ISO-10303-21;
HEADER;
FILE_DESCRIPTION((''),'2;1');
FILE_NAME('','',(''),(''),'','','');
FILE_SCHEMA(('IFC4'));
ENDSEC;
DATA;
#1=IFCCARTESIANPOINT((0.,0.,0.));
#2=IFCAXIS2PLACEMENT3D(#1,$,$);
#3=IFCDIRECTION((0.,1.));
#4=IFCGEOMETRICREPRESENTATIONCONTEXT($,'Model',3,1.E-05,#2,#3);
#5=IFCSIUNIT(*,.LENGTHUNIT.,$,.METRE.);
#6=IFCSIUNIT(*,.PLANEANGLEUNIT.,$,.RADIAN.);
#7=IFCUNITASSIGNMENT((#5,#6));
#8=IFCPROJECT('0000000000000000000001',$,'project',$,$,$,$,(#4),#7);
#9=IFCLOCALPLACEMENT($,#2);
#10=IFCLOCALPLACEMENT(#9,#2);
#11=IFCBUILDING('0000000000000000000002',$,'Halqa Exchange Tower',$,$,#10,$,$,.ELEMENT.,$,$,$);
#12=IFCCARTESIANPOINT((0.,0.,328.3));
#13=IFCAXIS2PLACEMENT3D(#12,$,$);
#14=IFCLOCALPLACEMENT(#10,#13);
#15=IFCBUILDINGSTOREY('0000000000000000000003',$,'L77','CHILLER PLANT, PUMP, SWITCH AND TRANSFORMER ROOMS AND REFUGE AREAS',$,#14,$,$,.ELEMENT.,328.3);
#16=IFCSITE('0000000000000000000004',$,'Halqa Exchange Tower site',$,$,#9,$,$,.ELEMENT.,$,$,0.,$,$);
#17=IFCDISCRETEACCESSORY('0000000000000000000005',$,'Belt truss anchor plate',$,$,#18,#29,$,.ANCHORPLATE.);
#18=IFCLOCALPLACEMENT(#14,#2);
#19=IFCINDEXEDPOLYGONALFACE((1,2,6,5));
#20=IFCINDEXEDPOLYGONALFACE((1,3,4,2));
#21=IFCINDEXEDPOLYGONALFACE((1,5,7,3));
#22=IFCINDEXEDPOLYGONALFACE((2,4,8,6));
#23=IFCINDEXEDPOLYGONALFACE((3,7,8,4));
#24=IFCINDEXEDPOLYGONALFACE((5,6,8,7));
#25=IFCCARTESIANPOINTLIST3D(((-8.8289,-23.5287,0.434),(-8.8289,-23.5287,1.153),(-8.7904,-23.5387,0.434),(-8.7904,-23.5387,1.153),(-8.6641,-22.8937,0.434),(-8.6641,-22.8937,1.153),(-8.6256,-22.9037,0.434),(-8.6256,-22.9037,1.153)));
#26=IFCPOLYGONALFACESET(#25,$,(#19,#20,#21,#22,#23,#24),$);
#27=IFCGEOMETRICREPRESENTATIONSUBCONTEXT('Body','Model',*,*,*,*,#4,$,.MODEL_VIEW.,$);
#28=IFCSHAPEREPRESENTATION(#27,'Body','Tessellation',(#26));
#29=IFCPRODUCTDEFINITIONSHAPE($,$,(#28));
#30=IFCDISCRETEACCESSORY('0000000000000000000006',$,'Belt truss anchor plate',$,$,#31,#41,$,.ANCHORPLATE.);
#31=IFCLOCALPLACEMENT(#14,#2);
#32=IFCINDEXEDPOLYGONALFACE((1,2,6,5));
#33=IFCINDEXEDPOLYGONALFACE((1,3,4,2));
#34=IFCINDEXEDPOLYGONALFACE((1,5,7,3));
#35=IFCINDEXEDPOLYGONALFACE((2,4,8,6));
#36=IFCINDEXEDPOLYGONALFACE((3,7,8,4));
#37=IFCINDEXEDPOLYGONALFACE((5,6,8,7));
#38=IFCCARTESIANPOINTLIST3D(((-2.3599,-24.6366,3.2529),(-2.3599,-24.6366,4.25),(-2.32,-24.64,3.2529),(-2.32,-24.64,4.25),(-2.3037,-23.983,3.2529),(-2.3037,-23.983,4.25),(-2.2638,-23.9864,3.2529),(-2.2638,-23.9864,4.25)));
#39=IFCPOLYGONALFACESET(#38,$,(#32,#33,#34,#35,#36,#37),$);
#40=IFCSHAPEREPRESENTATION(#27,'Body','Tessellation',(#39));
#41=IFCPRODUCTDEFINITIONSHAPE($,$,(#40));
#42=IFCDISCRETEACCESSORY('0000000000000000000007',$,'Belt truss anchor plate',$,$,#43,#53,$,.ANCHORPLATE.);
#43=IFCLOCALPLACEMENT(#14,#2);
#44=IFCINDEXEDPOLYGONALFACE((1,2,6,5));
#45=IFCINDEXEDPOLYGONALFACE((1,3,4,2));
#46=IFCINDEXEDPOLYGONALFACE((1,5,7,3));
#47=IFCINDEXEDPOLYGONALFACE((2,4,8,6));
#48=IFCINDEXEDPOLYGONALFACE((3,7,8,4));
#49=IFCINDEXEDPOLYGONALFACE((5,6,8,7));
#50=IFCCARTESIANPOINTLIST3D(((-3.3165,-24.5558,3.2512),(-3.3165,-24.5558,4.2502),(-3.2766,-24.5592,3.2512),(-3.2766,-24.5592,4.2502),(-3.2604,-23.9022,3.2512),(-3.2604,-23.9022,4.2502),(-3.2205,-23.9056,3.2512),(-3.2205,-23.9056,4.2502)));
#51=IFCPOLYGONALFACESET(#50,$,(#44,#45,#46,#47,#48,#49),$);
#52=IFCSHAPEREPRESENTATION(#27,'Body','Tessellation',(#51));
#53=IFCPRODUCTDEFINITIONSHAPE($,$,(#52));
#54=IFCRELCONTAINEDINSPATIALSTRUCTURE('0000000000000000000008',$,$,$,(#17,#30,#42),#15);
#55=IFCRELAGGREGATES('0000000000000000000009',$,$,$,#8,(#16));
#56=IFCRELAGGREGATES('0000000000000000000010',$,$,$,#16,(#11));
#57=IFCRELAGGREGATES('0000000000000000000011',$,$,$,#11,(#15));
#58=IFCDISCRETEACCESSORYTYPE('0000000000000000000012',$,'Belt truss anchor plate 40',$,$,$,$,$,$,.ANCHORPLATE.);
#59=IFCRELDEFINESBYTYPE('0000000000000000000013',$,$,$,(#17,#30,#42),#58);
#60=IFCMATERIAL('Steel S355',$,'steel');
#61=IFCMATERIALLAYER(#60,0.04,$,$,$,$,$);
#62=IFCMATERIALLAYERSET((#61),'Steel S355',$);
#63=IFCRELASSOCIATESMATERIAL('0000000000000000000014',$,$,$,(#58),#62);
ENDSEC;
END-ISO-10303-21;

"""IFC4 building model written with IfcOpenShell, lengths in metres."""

from ifc_helpers import new_model, si_unit, direction, frame, origin, origin_2d, place, context, subcontext, project, spatial, rectangle, extrude, material, layer, layer_set, type_object, element, save


model = new_model("IFC4")

# Units and contexts
model_context = context("Model", 3, precision=1e-05, world=origin(), true_north=direction((0.0, 1.0)))
body_context = subcontext(model_context, "Body", "Model", "MODEL_VIEW")
ifc_project = project(units=[si_unit("LENGTHUNIT", "METRE"), si_unit("PLANEANGLEUNIT", "RADIAN")], contexts=[model_context])

# Site, building, storey
site_placement = place(None, origin())
site = spatial("IfcSite", under=ifc_project, at=site_placement, Name="Halqa Exchange Tower site", CompositionType="ELEMENT", RefElevation=0.0)
building_placement = place(site_placement, origin())
building = spatial("IfcBuilding", under=site, at=building_placement, Name="Halqa Exchange Tower", CompositionType="ELEMENT")
storey_placement = place(building_placement, frame((0.0, 0.0, 328.3)))
storey = spatial("IfcBuildingStorey", under=building, at=storey_placement, Name="L77", Description="CHILLER PLANT, PUMP, SWITCH AND TRANSFORMER ROOMS AND REFUGE AREAS", CompositionType="ELEMENT", Elevation=328.3)

# Shared definitions
ifc_material_1 = material(Name="Steel S355", Category="steel")

# Discrete accessories
ifc_layer_1 = layer(ifc_material_1, 0.04)
ifc_layer_set_1 = layer_set([ifc_layer_1], Name="Steel S355")
discrete_accessory_type = type_object("IfcDiscreteAccessoryType", Name="Belt truss anchor plate 40", PredefinedType="ANCHORPLATE", material=ifc_layer_set_1)
discrete_accessory_1_placement = place(storey_placement, frame((-8.708, -23.2212, 0.7935), z_axis=(-0.967942, 0.251175, 0.0), x_axis=(-0.251175, -0.967942, 0.0)))
element("IfcDiscreteAccessory", 1, at=discrete_accessory_1_placement, inside=storey, type_object=discrete_accessory_type, Name="Belt truss anchor plate", PredefinedType="ANCHORPLATE", context=body_context, shape_type="SweptSolid", body=[
    extrude(rectangle(XDim=0.656, YDim=0.719, at=origin_2d()), origin(), (0.0, 0.0, 1.0), 0.0398),
])
discrete_accessory_2_placement = place(storey_placement, frame((-2.3318, -24.3098, 3.7515), z_axis=(0.996332, -0.085575, 0.0), x_axis=(0.085575, 0.996332, 0.0)))
element("IfcDiscreteAccessory", 2, at=discrete_accessory_2_placement, inside=storey, type_object=discrete_accessory_type, Name="Belt truss anchor plate", PredefinedType="ANCHORPLATE", context=body_context, shape_type="SweptSolid", body=[
    extrude(rectangle(XDim=0.656, YDim=0.9971, at=origin_2d()), origin(), (0.0, 0.0, 1.0), 0.04),
])
discrete_accessory_3_placement = place(storey_placement, frame((-3.2485, -24.2324, 3.7507), z_axis=(-0.996332, 0.085575, 0.0), x_axis=(-0.085575, -0.996332, 0.0)))
element("IfcDiscreteAccessory", 3, at=discrete_accessory_3_placement, inside=storey, type_object=discrete_accessory_type, Name="Belt truss anchor plate", PredefinedType="ANCHORPLATE", context=body_context, shape_type="SweptSolid", body=[
    extrude(rectangle(XDim=0.656, YDim=0.999, at=origin_2d()), origin(), (0.0, 0.0, 1.0), 0.04),
])

save(model, "model.ifc")
